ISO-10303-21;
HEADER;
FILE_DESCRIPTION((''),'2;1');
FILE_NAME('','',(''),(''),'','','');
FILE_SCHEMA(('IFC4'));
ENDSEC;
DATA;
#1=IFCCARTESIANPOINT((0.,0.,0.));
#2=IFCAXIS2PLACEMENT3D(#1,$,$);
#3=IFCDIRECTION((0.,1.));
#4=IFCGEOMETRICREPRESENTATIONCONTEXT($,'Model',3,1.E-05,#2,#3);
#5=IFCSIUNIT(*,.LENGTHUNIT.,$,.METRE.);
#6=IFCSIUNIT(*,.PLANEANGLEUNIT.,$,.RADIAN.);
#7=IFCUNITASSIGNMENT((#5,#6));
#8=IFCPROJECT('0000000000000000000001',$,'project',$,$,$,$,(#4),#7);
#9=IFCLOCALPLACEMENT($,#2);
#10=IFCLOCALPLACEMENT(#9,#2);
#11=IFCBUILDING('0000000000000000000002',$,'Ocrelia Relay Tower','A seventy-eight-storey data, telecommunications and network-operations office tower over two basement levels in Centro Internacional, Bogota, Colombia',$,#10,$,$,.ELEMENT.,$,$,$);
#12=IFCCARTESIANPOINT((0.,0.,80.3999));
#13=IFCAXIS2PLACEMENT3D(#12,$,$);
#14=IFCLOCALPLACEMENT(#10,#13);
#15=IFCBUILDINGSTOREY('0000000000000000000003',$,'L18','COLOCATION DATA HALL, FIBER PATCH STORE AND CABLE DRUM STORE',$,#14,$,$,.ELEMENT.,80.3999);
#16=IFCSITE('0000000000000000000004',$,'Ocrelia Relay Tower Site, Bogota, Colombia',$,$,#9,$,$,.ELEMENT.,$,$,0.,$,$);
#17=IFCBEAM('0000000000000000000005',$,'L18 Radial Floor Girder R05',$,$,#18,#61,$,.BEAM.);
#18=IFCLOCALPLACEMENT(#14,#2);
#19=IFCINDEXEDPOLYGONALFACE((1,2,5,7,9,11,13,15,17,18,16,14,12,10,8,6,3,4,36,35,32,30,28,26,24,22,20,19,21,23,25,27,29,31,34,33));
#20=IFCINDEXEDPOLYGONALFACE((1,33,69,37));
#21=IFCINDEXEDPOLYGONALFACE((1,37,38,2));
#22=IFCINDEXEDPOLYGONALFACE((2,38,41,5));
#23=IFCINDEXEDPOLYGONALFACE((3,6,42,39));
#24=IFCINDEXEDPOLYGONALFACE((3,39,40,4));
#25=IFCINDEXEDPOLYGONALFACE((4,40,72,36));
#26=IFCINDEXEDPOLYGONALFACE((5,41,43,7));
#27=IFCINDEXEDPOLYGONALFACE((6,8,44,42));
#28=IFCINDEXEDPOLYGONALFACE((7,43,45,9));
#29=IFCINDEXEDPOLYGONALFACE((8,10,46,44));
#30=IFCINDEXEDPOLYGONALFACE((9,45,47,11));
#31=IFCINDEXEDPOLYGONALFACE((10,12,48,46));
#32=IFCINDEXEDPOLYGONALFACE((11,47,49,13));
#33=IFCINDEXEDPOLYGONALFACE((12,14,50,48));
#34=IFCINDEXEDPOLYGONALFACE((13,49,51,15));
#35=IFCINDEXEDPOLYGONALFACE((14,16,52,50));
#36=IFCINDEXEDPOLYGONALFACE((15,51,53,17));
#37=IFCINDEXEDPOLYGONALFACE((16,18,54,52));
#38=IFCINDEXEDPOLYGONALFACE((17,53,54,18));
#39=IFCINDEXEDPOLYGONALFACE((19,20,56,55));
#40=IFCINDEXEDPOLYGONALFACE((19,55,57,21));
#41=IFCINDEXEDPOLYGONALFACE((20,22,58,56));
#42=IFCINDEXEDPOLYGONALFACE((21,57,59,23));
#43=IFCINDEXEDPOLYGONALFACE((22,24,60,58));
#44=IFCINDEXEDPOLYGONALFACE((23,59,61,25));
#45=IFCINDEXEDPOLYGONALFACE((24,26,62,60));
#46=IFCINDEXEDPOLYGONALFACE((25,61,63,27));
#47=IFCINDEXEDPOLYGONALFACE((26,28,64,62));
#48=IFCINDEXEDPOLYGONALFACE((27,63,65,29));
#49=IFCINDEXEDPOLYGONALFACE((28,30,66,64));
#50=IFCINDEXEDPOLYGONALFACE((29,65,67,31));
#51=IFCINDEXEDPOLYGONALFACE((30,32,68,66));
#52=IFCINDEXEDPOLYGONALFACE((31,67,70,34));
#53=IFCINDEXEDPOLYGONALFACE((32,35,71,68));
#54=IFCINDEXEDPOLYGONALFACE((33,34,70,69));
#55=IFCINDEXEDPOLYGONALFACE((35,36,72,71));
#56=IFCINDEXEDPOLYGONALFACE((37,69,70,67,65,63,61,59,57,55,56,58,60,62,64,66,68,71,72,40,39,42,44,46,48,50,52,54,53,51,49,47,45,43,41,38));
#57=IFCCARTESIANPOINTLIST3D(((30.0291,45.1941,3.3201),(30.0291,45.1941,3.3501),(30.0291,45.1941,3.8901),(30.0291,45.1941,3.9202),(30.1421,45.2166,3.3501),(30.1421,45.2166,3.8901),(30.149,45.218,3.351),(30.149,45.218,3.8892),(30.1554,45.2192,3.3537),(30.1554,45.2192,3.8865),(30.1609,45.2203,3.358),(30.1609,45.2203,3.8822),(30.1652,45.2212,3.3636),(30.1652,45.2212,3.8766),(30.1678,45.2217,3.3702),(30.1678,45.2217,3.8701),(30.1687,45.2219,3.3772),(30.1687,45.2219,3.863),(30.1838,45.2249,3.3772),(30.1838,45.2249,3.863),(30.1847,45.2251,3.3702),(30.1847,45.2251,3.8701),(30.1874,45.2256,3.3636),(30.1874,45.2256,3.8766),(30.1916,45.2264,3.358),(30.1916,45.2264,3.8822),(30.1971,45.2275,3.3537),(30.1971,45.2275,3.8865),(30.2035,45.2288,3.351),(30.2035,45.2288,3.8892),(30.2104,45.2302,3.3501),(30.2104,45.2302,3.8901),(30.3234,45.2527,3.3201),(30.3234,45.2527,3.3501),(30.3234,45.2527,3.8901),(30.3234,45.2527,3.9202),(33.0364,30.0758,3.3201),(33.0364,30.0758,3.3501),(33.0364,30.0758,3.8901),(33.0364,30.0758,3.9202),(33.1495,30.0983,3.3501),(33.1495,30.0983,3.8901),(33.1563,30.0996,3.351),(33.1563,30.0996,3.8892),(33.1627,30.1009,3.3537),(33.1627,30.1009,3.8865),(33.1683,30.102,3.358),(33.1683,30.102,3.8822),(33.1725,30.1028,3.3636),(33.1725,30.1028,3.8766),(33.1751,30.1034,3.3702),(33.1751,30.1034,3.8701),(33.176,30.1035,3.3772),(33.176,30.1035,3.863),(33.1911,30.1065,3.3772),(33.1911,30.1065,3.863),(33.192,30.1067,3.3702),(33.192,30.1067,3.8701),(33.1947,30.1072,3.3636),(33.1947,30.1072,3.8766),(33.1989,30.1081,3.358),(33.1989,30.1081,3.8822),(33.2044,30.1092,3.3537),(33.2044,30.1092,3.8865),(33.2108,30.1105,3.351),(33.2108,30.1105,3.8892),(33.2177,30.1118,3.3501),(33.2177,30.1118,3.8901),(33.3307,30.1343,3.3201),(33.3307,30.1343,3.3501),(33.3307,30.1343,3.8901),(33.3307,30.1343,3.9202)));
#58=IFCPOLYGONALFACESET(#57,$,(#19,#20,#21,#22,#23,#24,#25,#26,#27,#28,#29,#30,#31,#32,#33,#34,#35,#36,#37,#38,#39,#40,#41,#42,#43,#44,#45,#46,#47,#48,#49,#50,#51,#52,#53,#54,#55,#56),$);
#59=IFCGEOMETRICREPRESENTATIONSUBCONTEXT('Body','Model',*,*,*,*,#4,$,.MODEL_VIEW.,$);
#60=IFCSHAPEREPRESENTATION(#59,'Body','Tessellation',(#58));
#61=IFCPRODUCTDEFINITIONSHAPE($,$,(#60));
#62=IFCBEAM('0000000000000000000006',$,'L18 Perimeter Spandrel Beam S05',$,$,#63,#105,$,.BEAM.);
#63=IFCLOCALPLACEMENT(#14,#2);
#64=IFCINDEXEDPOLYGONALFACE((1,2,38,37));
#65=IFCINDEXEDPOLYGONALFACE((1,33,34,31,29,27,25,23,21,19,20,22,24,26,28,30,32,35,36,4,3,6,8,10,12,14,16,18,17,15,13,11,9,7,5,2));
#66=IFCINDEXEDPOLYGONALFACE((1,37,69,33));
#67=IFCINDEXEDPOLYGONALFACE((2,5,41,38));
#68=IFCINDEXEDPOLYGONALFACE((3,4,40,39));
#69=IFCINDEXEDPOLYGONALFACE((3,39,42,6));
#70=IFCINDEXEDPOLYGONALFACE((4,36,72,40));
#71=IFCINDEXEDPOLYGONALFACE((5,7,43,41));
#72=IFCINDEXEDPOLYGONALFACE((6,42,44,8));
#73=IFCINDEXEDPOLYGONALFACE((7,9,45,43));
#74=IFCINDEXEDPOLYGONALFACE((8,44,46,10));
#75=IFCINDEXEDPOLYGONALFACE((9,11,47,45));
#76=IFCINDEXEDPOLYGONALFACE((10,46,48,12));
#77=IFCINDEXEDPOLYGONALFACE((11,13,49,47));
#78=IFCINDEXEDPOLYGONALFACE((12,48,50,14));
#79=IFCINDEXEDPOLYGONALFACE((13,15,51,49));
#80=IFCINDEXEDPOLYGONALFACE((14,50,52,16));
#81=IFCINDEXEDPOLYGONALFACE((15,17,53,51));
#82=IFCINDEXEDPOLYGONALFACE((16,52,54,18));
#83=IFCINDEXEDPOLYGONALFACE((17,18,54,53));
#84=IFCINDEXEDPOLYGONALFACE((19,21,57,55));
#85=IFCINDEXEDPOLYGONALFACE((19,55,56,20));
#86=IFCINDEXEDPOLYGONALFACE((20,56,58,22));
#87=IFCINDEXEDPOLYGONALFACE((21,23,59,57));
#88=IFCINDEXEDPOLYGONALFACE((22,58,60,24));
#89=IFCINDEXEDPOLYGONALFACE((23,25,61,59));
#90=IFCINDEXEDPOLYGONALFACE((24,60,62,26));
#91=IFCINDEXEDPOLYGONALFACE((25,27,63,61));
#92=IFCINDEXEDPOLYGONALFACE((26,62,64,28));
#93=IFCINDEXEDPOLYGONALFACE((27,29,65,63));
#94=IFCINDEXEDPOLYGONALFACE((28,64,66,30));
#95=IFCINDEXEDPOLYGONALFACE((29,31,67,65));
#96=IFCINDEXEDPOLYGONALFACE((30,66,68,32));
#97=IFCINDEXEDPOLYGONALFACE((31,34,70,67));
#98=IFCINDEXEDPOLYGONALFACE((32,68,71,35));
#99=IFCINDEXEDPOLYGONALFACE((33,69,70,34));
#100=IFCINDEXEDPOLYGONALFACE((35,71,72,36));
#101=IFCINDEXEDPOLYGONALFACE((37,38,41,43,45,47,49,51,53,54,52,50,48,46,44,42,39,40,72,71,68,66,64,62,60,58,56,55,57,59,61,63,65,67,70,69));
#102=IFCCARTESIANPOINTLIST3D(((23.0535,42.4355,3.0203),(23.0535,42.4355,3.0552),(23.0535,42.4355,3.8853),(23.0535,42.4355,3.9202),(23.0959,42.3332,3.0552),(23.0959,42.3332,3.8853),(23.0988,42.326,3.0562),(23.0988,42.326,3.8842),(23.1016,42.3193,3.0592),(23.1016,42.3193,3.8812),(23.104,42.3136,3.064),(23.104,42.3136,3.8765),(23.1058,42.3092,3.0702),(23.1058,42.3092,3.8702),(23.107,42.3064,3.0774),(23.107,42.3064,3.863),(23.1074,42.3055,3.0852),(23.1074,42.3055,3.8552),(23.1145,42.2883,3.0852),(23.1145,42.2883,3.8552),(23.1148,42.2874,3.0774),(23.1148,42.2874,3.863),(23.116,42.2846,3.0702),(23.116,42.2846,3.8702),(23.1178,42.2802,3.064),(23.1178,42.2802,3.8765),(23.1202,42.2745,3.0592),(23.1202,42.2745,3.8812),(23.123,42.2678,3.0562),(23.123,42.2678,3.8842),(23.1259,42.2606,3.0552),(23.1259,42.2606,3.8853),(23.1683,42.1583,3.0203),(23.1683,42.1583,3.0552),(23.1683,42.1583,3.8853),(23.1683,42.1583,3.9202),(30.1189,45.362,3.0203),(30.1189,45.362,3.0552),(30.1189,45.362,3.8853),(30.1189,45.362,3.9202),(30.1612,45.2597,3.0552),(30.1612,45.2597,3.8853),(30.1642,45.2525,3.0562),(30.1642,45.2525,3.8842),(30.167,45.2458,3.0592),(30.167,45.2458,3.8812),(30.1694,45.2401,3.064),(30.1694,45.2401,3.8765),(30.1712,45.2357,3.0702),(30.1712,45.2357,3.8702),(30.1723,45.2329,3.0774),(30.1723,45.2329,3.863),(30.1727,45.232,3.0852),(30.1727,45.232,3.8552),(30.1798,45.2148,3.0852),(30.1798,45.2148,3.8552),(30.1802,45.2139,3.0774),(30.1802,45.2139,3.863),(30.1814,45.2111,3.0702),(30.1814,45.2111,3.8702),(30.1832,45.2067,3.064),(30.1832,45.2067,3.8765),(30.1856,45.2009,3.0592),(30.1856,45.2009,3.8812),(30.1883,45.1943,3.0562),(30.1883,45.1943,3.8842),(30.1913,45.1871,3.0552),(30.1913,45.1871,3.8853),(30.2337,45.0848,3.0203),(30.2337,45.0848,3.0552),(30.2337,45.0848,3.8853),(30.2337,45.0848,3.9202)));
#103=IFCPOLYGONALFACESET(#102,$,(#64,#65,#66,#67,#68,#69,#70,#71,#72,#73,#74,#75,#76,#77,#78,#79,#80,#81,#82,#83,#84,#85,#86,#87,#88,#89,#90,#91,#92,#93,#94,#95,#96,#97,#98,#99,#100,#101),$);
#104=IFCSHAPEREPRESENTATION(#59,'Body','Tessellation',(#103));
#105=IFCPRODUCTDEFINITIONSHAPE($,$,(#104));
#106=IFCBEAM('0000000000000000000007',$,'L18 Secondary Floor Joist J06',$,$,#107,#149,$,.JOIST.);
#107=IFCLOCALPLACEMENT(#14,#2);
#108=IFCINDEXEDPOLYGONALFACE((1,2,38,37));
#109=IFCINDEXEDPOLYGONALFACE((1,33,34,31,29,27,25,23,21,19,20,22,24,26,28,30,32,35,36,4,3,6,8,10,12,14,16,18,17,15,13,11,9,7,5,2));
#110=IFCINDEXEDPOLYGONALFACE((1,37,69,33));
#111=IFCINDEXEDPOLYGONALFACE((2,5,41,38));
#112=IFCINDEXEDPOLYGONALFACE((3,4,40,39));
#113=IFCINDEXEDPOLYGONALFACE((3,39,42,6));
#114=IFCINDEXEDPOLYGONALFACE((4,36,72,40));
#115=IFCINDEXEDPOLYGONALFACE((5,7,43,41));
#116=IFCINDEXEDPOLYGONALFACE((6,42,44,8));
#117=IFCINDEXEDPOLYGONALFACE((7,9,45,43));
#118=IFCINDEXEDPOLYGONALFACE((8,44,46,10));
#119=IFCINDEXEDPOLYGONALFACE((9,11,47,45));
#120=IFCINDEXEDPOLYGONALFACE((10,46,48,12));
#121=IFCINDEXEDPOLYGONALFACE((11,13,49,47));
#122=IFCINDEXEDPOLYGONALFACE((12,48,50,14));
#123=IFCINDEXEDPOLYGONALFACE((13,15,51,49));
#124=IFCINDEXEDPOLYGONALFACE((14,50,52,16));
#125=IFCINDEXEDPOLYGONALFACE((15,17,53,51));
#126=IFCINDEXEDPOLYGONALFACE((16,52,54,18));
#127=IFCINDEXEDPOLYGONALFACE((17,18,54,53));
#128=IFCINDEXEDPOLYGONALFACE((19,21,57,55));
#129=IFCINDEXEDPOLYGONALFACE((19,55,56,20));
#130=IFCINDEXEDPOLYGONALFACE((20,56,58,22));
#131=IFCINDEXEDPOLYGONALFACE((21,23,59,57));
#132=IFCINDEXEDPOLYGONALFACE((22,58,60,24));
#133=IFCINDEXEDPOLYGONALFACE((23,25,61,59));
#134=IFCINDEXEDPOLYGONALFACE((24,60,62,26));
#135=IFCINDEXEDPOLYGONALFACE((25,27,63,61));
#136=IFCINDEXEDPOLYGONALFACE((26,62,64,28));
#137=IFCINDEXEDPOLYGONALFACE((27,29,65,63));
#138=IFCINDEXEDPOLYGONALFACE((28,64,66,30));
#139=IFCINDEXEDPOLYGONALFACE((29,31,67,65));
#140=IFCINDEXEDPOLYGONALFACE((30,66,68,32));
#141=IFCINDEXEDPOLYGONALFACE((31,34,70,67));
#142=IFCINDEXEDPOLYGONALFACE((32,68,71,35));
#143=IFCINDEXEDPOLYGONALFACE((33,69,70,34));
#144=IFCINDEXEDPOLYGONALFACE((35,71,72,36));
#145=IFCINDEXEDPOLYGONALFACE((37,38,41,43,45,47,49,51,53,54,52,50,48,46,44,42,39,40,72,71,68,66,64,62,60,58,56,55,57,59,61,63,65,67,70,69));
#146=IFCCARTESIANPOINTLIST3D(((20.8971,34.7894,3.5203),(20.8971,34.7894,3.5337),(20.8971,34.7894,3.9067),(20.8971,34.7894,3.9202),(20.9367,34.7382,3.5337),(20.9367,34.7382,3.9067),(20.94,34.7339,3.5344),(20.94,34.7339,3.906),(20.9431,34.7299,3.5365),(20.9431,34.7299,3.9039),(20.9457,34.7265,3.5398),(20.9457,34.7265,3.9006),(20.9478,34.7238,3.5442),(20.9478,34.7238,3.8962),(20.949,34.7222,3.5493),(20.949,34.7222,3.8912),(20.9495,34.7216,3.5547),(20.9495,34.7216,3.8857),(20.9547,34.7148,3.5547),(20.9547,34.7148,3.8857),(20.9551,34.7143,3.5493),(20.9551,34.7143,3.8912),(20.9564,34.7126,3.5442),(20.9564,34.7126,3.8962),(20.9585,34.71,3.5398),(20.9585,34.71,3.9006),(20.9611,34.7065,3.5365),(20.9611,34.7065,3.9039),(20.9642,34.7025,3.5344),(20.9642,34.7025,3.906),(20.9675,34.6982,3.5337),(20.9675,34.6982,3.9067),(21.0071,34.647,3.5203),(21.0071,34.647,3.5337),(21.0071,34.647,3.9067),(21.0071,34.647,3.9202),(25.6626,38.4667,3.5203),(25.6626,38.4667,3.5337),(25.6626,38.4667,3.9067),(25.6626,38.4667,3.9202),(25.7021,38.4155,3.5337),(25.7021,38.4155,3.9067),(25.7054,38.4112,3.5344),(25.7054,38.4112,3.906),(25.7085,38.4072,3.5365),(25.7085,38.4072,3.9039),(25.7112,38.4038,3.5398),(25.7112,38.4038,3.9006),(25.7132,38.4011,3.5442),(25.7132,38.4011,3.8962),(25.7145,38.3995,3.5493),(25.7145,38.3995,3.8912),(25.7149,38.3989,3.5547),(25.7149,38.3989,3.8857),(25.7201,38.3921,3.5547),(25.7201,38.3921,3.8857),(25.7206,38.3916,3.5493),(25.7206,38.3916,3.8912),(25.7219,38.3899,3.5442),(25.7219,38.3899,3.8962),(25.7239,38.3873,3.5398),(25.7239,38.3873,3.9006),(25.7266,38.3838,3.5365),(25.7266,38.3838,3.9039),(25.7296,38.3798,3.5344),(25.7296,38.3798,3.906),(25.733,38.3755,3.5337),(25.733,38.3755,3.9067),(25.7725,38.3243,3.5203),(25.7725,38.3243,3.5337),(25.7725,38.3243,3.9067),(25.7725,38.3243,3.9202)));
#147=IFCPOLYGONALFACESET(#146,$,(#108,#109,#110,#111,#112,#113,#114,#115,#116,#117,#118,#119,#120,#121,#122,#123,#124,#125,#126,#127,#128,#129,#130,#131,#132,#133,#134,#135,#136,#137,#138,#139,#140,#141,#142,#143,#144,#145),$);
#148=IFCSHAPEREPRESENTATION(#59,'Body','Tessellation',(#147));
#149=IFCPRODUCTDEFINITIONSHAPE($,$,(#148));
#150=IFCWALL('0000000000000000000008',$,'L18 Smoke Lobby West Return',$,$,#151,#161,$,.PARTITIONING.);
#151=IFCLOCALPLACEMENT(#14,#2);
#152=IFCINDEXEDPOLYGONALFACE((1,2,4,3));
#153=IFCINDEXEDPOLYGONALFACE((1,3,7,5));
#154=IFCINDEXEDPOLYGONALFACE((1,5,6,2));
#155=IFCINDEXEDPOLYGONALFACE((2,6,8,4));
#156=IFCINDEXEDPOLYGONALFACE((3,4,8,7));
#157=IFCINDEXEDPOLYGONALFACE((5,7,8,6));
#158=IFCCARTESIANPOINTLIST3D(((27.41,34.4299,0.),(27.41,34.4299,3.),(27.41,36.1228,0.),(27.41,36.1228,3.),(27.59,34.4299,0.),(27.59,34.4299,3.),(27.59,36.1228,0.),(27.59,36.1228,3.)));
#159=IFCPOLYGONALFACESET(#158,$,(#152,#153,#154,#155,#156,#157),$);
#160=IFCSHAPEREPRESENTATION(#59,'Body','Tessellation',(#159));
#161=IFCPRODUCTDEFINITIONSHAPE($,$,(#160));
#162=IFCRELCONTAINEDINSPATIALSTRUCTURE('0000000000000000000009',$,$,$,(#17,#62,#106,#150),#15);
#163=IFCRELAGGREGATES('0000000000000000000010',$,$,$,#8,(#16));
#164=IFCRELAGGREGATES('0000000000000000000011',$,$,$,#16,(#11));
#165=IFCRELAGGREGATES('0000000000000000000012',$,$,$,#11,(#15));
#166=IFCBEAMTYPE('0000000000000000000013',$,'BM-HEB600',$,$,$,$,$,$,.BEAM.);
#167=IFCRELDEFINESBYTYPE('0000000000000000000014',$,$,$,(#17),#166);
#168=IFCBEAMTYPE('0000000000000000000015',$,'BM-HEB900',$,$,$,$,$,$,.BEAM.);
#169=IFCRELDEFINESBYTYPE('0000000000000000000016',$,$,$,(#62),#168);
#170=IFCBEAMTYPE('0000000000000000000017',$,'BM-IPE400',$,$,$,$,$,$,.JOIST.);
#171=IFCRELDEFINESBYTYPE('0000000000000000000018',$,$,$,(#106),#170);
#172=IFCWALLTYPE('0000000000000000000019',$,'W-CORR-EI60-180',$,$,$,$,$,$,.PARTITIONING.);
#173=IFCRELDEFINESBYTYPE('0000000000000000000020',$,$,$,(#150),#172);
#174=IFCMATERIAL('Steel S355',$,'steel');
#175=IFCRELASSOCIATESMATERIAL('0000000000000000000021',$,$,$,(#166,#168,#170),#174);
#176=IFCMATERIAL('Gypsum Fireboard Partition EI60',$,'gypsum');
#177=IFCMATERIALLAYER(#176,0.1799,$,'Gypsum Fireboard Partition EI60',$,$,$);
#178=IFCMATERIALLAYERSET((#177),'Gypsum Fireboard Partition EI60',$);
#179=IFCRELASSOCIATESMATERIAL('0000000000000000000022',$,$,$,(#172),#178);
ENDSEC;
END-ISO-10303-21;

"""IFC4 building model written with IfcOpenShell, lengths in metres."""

from ifc_helpers import new_model, si_unit, direction, frame, frame_2d, origin, origin_2d, place, context, subcontext, project, spatial, rectangle, i_section, extrude, material, layer, layer_set, material_profile, profile_set, type_object, element, save


model = new_model("IFC4")

# Units and contexts
model_context = context("Model", 3, precision=1e-05, world=origin(), true_north=direction((0.0, 1.0)))
body_context = subcontext(model_context, "Body", "Model", "MODEL_VIEW")
ifc_project = project(units=[si_unit("LENGTHUNIT", "METRE"), si_unit("PLANEANGLEUNIT", "RADIAN")], contexts=[model_context])

# Site, building, storey
site_placement = place(None, origin())
site = spatial("IfcSite", under=ifc_project, at=site_placement, Name="Ocrelia Relay Tower Site, Bogota, Colombia", CompositionType="ELEMENT", RefElevation=0.0)
building_placement = place(site_placement, origin())
building = spatial("IfcBuilding", under=site, at=building_placement, Name="Ocrelia Relay Tower", Description="A seventy-eight-storey data, telecommunications and network-operations office tower over two basement levels in Centro Internacional, Bogota, Colombia", CompositionType="ELEMENT")
storey_placement = place(building_placement, frame((0.0, 0.0, 80.3999)))
storey = spatial("IfcBuildingStorey", under=building, at=storey_placement, Name="L18", Description="COLOCATION DATA HALL, FIBER PATCH STORE AND CABLE DRUM STORE", CompositionType="ELEMENT", Elevation=80.3999)

# Beams
ifc_material_1 = material(Name="Steel S355", Category="steel")
ifc_material_profile_1 = material_profile(ifc_material_1, i_section(OverallWidth=0.3, OverallDepth=0.6001, WebThickness=0.0154, FlangeThickness=0.03, FilletRadius=0.0271, at=origin_2d()), Name="HEB 600")
ifc_profile_set_1 = profile_set([ifc_material_profile_1], Name="Steel S355")
beam_type_1 = type_object("IfcBeamType", Name="BM-HEB600", PredefinedType="BEAM", material=ifc_profile_set_1)
beam_1_placement = place(storey_placement, frame((30.1763, 45.2234, 3.6201), z_axis=(0.195096, -0.980784, 0.0), x_axis=(0.980784, 0.195096, 0.0)))
element("IfcBeam", 1, at=beam_1_placement, inside=storey, type_object=beam_type_1, Name="L18 Radial Floor Girder R05", PredefinedType="BEAM", context=body_context, shape_type="SweptSolid", body=[
    extrude(i_section(OverallWidth=0.3, OverallDepth=0.6001, WebThickness=0.0154, FlangeThickness=0.03, FilletRadius=0.0271, at=origin_2d()), origin(), (0.0, 0.0, 1.0), 15.4146),
])
ifc_material_profile_2 = material_profile(ifc_material_1, i_section(OverallWidth=0.3, OverallDepth=0.8999, WebThickness=0.0186, FlangeThickness=0.0349, FilletRadius=0.03, at=origin_2d()), Name="HEB 900")
ifc_profile_set_2 = profile_set([ifc_material_profile_2], Name="Steel S355")
beam_type_2 = type_object("IfcBeamType", Name="BM-HEB900", PredefinedType="BEAM", material=ifc_profile_set_2)
beam_2_placement = place(storey_placement, frame((30.1763, 45.2234, 3.4702), z_axis=(-0.923883, -0.382674, 0.0), x_axis=(0.382674, -0.923883, 0.0)))
element("IfcBeam", 2, at=beam_2_placement, inside=storey, type_object=beam_type_2, Name="L18 Perimeter Spandrel Beam S05", PredefinedType="BEAM", context=body_context, shape_type="SweptSolid", body=[
    extrude(i_section(OverallWidth=0.3, OverallDepth=0.8999, WebThickness=0.0186, FlangeThickness=0.0349, FilletRadius=0.03, at=origin_2d()), origin(), (0.0, 0.0, 1.0), 7.6475),
])
ifc_material_profile_3 = material_profile(ifc_material_1, i_section(OverallWidth=0.1799, OverallDepth=0.3999, WebThickness=0.0085, FlangeThickness=0.0134, FilletRadius=0.021, at=origin_2d()), Name="IPE 400")
ifc_profile_set_3 = profile_set([ifc_material_profile_3], Name="Steel S355")
beam_type_3 = type_object("IfcBeamType", Name="BM-IPE400", PredefinedType="JOIST", material=ifc_profile_set_3)
beam_3_placement = place(storey_placement, frame((25.7175, 38.3955, 3.7202), z_axis=(-0.791694, -0.610918, 0.0), x_axis=(0.610918, -0.791694, 0.0)))
element("IfcBeam", 3, at=beam_3_placement, inside=storey, type_object=beam_type_3, Name="L18 Secondary Floor Joist J06", PredefinedType="JOIST", context=body_context, shape_type="SweptSolid", body=[
    extrude(i_section(OverallWidth=0.1799, OverallDepth=0.3999, WebThickness=0.0085, FlangeThickness=0.0134, FilletRadius=0.021, at=origin_2d()), origin(), (0.0, 0.0, 1.0), 6.0193),
])

# Wall
ifc_material_2 = material(Name="Gypsum Fireboard Partition EI60", Category="gypsum")
ifc_layer_1 = layer(ifc_material_2, 0.1799, Name="Gypsum Fireboard Partition EI60")
ifc_layer_set_1 = layer_set([ifc_layer_1], Name="Gypsum Fireboard Partition EI60")
wall_type_1 = type_object("IfcWallType", Name="W-CORR-EI60-180", PredefinedType="PARTITIONING", material=ifc_layer_set_1)
wall_1_placement = place(storey_placement, frame((27.5, 34.4299, 0.0), z_axis=(0.0, 0.0, 1.0), x_axis=(0.0, 1.0, 0.0)))
element("IfcWall", 4, at=wall_1_placement, inside=storey, type_object=wall_type_1, Name="L18 Smoke Lobby West Return", PredefinedType="PARTITIONING", context=body_context, shape_type="SweptSolid", body=[
    extrude(rectangle(XDim=1.6929, YDim=0.1799, at=frame_2d((0.8464, 0.0))), origin(), (0.0, 0.0, 1.0), 3.0),
])

save(model, "model.ifc")
